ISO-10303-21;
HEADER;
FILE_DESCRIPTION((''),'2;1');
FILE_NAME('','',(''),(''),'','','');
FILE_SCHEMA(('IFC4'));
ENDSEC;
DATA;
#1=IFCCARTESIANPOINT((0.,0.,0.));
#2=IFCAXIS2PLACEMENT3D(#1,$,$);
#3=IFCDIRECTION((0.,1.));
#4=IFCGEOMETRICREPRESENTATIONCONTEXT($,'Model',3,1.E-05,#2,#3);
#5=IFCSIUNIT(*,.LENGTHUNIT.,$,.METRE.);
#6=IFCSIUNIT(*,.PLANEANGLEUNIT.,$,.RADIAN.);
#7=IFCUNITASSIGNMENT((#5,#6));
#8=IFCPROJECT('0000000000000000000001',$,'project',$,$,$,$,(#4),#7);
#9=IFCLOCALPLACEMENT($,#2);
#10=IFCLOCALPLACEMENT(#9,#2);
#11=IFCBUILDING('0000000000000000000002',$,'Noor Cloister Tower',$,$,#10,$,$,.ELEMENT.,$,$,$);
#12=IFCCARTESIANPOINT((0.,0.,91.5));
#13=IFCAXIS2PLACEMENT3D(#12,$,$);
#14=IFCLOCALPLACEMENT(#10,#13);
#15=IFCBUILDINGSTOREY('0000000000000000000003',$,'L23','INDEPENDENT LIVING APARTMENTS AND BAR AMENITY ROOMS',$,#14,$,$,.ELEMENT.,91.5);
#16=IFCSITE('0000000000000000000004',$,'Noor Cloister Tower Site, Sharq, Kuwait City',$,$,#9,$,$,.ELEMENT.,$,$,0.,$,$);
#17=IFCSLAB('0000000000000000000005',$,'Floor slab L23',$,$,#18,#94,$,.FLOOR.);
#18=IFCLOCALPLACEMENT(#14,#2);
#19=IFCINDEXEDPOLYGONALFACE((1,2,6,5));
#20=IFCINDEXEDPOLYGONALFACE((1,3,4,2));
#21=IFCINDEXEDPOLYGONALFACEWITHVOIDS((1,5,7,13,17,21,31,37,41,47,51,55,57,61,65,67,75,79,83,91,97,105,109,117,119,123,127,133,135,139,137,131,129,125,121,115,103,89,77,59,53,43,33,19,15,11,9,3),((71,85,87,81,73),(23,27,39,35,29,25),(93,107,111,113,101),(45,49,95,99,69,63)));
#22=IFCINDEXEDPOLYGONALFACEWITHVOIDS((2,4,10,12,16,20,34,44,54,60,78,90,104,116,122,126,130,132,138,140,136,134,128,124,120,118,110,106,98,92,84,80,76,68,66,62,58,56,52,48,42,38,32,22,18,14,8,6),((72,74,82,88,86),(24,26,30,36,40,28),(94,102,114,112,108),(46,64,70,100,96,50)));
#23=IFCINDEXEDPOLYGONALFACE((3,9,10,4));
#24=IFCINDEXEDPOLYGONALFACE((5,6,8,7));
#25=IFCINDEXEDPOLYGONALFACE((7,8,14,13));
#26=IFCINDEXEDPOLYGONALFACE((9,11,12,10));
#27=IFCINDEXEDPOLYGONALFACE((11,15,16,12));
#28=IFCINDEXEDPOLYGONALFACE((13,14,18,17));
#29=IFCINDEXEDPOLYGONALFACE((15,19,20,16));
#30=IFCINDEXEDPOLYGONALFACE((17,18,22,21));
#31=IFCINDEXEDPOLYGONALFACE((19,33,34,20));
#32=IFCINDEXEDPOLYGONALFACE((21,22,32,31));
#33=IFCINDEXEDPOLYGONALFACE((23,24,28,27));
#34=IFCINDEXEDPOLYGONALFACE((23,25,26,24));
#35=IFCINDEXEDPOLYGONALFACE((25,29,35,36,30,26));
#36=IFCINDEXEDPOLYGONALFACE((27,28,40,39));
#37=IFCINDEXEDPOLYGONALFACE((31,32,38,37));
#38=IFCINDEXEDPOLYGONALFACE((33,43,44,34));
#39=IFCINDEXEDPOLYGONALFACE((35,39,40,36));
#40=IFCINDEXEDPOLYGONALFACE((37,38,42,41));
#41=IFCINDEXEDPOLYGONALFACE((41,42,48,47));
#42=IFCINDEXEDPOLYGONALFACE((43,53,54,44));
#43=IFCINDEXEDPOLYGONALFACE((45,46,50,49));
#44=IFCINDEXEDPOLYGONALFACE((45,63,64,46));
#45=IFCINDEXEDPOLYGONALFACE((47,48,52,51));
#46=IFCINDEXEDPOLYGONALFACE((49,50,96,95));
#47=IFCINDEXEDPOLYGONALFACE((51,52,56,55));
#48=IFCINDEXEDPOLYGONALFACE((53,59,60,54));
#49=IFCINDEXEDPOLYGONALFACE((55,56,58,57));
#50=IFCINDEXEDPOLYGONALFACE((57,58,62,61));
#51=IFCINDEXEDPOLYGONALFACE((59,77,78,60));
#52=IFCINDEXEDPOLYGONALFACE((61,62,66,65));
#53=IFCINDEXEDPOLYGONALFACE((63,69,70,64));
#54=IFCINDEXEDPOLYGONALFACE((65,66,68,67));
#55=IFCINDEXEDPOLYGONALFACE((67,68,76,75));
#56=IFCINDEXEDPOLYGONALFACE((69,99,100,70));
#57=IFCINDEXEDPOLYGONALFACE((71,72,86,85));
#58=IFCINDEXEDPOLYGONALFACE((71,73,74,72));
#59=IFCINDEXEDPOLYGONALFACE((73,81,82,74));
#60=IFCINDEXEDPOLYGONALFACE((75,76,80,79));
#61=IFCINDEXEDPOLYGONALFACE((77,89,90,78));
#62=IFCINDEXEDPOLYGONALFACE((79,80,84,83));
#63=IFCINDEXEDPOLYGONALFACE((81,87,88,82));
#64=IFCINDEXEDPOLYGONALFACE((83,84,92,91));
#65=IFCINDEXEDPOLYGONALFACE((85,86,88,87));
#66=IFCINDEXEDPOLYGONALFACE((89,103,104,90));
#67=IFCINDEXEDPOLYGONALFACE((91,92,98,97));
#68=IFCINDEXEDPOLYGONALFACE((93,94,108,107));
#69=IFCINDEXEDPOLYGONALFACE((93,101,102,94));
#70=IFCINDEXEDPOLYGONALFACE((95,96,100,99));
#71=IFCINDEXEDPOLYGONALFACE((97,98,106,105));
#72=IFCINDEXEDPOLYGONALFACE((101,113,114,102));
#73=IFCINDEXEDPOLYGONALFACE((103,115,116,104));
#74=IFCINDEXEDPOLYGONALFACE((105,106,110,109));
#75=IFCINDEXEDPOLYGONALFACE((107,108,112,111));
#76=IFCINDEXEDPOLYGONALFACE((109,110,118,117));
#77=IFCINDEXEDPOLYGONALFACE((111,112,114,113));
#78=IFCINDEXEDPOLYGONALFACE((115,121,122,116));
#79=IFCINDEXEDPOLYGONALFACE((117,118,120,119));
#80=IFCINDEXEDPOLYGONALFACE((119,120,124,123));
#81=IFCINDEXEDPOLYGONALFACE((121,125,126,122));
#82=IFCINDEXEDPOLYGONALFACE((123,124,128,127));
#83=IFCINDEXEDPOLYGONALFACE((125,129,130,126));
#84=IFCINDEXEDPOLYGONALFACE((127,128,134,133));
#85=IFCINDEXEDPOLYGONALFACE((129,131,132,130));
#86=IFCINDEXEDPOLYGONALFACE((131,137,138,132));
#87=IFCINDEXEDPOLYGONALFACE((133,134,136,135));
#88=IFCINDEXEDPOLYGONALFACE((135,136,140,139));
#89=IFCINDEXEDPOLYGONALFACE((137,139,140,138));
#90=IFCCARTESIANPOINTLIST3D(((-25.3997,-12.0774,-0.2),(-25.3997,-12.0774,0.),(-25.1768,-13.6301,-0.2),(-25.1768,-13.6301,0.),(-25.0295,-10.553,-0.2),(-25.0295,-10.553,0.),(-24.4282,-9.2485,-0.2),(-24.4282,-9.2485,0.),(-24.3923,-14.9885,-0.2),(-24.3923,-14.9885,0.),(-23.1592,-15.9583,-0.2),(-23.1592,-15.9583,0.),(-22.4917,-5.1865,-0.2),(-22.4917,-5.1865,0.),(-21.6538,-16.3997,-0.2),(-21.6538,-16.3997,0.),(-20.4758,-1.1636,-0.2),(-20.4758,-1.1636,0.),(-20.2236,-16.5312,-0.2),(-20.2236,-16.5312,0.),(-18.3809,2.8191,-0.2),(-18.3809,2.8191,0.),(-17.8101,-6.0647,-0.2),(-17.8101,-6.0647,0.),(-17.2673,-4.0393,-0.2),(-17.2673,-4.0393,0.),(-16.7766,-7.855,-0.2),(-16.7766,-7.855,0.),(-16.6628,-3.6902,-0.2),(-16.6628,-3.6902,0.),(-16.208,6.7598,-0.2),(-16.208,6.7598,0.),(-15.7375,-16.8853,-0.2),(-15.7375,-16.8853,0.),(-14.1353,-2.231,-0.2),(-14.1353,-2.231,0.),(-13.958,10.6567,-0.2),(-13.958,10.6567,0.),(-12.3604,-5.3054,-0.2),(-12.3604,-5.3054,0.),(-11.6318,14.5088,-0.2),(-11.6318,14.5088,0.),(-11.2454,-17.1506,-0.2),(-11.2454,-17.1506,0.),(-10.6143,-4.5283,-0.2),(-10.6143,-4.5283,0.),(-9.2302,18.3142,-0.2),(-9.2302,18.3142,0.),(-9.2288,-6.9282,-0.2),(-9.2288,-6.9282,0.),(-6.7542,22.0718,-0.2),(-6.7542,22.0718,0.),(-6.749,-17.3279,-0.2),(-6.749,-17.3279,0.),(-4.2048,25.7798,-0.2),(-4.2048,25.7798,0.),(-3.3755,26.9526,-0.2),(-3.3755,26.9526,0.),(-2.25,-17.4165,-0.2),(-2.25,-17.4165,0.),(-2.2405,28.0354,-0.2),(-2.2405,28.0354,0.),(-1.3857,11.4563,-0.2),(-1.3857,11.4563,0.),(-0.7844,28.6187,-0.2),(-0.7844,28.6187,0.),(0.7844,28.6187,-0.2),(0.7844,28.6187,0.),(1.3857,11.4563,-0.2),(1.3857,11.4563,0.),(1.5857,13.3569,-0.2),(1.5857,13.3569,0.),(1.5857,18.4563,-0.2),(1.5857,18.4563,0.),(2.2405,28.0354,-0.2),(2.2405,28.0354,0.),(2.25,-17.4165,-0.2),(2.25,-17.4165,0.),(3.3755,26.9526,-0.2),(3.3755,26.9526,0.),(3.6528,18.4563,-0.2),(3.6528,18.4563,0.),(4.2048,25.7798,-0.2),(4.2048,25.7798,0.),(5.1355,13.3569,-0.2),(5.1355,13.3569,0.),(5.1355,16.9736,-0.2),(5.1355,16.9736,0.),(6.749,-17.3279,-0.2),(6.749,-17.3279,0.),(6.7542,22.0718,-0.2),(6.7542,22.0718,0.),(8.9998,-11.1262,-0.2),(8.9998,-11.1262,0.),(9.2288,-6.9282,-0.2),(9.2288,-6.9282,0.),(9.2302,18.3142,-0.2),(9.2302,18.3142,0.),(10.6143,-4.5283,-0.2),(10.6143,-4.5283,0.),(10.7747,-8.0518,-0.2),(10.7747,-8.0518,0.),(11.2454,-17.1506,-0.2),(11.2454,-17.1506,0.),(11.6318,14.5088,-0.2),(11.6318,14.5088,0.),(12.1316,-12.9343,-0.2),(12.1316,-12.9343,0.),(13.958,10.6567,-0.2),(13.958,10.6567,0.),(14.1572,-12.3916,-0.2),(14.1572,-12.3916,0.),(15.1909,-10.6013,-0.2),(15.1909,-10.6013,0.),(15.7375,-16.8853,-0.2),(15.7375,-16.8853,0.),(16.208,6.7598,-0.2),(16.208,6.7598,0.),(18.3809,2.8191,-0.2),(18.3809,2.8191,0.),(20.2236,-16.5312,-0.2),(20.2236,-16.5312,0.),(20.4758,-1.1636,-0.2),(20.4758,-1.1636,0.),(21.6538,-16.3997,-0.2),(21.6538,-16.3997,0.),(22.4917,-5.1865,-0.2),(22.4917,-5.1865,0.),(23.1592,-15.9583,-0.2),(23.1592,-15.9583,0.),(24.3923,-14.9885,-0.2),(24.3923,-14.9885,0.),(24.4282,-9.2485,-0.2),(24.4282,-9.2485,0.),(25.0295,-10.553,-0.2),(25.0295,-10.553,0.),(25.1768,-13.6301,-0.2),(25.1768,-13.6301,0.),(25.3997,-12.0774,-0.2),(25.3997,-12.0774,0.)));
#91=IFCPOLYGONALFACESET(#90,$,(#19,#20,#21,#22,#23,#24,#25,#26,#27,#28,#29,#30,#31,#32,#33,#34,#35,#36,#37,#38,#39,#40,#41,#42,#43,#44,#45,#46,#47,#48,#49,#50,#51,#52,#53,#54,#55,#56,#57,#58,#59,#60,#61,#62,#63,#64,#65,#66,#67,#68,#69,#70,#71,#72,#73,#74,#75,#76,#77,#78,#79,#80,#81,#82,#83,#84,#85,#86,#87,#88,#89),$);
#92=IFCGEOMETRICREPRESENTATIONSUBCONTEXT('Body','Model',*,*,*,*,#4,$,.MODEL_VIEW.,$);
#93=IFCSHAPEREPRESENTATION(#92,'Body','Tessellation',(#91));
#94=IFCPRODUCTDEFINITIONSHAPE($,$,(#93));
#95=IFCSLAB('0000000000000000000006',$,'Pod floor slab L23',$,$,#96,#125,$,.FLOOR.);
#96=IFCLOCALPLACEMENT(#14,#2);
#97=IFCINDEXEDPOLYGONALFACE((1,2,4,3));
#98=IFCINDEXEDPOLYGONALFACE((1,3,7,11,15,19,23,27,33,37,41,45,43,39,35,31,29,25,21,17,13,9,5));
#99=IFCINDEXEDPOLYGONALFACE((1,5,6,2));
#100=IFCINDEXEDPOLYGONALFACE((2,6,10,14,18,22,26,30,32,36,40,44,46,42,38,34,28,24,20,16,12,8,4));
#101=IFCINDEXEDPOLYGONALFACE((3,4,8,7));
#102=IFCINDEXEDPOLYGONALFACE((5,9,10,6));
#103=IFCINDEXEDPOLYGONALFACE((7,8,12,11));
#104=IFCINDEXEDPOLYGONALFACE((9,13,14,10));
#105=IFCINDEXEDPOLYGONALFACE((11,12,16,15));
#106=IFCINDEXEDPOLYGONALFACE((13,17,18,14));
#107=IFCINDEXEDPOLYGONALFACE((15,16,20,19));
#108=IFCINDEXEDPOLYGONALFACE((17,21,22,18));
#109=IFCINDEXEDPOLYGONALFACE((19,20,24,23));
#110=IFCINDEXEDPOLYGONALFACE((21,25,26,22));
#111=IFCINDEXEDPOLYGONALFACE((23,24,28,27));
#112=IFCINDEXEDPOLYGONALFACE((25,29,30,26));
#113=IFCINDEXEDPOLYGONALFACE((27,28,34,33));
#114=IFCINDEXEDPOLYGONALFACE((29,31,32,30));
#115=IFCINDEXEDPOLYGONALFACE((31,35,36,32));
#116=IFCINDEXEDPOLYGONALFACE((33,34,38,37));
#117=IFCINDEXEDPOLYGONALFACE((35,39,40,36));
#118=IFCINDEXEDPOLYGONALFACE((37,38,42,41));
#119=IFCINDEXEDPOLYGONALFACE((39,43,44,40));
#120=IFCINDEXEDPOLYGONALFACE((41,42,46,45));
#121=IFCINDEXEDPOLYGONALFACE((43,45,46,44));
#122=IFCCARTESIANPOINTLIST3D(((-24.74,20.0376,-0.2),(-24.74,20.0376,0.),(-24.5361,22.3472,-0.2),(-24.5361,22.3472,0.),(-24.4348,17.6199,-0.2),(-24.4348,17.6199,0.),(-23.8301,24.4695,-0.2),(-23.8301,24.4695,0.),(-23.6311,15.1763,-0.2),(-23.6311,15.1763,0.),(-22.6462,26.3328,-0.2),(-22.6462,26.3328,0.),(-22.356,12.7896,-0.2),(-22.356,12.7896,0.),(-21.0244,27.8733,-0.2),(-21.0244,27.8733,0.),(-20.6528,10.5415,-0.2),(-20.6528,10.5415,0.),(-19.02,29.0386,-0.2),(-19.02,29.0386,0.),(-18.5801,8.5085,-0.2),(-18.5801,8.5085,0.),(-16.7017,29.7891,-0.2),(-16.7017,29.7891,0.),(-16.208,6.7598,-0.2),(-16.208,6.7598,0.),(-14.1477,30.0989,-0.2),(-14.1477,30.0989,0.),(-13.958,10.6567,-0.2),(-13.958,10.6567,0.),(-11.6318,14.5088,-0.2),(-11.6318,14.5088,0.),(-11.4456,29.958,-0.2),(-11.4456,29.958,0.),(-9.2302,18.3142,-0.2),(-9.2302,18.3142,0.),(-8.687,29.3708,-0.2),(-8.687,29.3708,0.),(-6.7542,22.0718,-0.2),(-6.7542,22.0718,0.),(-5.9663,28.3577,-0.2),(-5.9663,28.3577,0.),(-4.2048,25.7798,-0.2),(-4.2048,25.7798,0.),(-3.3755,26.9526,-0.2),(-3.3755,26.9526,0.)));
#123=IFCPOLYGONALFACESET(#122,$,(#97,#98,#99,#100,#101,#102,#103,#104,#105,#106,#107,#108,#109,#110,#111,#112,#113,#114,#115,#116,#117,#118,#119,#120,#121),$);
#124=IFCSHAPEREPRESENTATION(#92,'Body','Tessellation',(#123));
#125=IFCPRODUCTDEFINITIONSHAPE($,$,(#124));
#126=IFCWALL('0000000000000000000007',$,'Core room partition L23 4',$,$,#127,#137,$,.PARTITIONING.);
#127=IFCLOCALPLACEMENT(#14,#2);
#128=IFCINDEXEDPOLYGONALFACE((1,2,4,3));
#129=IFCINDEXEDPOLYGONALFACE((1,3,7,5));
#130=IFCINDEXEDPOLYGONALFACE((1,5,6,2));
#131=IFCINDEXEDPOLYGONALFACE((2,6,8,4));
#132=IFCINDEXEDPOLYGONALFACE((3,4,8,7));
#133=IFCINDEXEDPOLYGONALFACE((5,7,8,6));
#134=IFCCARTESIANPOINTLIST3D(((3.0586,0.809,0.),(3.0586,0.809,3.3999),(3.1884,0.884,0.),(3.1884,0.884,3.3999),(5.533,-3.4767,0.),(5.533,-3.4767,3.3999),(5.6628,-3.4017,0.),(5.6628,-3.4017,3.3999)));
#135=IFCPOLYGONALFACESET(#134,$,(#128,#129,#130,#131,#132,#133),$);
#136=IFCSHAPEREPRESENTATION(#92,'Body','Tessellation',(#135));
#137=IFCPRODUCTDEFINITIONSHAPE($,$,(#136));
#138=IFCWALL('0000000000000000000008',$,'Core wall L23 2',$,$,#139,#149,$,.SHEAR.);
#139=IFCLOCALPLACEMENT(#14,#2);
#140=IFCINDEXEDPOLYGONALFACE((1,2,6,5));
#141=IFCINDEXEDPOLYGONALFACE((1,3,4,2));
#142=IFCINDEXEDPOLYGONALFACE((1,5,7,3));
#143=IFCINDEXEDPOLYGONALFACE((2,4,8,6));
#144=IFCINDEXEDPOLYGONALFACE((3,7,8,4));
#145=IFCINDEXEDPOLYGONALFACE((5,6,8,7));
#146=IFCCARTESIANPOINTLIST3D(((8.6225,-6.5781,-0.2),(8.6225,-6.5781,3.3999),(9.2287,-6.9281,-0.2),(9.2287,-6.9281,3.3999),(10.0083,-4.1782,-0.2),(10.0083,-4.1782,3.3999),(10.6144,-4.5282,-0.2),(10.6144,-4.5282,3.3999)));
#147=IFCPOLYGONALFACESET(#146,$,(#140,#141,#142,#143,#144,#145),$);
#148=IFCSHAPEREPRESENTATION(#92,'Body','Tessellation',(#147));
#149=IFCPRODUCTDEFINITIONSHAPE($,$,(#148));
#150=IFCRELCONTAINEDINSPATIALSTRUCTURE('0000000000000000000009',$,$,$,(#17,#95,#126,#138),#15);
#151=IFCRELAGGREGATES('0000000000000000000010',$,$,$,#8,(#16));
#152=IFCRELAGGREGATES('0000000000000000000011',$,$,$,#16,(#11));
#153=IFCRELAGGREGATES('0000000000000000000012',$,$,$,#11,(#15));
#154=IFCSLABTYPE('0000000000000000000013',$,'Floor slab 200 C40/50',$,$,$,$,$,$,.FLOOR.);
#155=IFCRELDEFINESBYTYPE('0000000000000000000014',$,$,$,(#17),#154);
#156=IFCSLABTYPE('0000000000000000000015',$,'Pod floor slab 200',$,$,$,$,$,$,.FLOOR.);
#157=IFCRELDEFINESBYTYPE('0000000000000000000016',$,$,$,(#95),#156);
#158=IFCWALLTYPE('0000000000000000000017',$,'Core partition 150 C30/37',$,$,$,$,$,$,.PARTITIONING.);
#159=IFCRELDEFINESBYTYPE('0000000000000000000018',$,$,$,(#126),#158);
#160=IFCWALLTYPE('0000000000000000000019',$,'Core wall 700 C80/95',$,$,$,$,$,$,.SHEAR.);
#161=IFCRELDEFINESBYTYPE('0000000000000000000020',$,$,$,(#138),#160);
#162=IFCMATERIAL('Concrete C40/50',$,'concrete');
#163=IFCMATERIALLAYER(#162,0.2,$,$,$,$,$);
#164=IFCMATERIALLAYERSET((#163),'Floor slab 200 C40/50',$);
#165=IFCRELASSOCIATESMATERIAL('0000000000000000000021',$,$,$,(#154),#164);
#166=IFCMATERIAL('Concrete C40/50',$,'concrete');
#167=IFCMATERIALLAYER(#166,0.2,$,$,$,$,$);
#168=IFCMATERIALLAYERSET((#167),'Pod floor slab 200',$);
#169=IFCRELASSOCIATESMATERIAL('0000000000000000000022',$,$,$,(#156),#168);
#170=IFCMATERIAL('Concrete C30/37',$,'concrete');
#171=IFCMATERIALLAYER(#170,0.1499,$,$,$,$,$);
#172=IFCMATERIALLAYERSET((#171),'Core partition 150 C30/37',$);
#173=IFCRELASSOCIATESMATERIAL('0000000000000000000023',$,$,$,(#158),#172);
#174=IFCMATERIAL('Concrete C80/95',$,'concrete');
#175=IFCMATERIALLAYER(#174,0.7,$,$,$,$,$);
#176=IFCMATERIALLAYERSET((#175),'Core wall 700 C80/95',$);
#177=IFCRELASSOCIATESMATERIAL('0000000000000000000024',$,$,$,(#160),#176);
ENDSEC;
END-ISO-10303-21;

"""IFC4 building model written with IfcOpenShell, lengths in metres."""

from ifc_helpers import new_model, si_unit, direction, frame, frame_2d, origin, place, context, subcontext, project, spatial, polyline, rectangle, outline, extrude, material, layer, layer_set, type_object, element, save


model = new_model("IFC4")

# Units and contexts
model_context = context("Model", 3, precision=1e-05, world=origin(), true_north=direction((0.0, 1.0)))
body_context = subcontext(model_context, "Body", "Model", "MODEL_VIEW")
ifc_project = project(units=[si_unit("LENGTHUNIT", "METRE"), si_unit("PLANEANGLEUNIT", "RADIAN")], contexts=[model_context])

# Site, building, storey
site_placement = place(None, origin())
site = spatial("IfcSite", under=ifc_project, at=site_placement, Name="Noor Cloister Tower Site, Sharq, Kuwait City", CompositionType="ELEMENT", RefElevation=0.0)
building_placement = place(site_placement, origin())
building = spatial("IfcBuilding", under=site, at=building_placement, Name="Noor Cloister Tower", CompositionType="ELEMENT")
storey_placement = place(building_placement, frame((0.0, 0.0, 91.5)))
storey = spatial("IfcBuildingStorey", under=building, at=storey_placement, Name="L23", Description="INDEPENDENT LIVING APARTMENTS AND BAR AMENITY ROOMS", CompositionType="ELEMENT", Elevation=91.5)

# Slabs
ifc_material_1 = material(Name="Concrete C40/50", Category="concrete")
ifc_layer_1 = layer(ifc_material_1, 0.2)
ifc_layer_set_1 = layer_set([ifc_layer_1], Name="Floor slab 200 C40/50")
slab_type_1 = type_object("IfcSlabType", Name="Floor slab 200 C40/50", PredefinedType="FLOOR", material=ifc_layer_set_1)
slab_1_placement = place(storey_placement, frame((0.0, 0.0, -0.2)))
element("IfcSlab", 1, at=slab_1_placement, inside=storey, type_object=slab_type_1, Name="Floor slab L23", PredefinedType="FLOOR", context=body_context, shape_type="SweptSolid", body=[
    extrude(outline(polyline([(3.3755, 26.9526), (2.2405, 28.0354), (0.7844, 28.6187), (-0.7844, 28.6187), (-2.2405, 28.0354), (-3.3755, 26.9526), (-4.2048, 25.7798), (-6.7542, 22.0718), (-9.2302, 18.3142), (-11.6318, 14.5088), (-13.958, 10.6567), (-16.208, 6.7598), (-18.3809, 2.8191), (-20.4758, -1.1636), (-22.4917, -5.1865), (-24.4282, -9.2485), (-25.0295, -10.553), (-25.3997, -12.0774), (-25.1768, -13.6301), (-24.3923, -14.9885), (-23.1592, -15.9583), (-21.6538, -16.3997), (-20.2236, -16.5312), (-15.7375, -16.8853), (-11.2454, -17.1506), (-6.749, -17.3279), (-2.25, -17.4165), (2.25, -17.4165), (6.749, -17.3279), (11.2454, -17.1506), (15.7375, -16.8853), (20.2236, -16.5312), (21.6538, -16.3997), (23.1592, -15.9583), (24.3923, -14.9885), (25.1768, -13.6301), (25.3997, -12.0774), (25.0295, -10.553), (24.4282, -9.2485), (22.4917, -5.1865), (20.4758, -1.1636), (18.3809, 2.8191), (16.208, 6.7598), (13.958, 10.6567), (11.6318, 14.5088), (9.2302, 18.3142), (6.7542, 22.0718), (4.2048, 25.7798), (3.3755, 26.9526)]), holes=[polyline([(8.9998, -11.1262), (12.1316, -12.9343), (14.1572, -12.3916), (15.1909, -10.6013), (10.7747, -8.0518), (8.9998, -11.1262)]), polyline([(-17.8101, -6.0647), (-16.7766, -7.855), (-12.3604, -5.3054), (-14.1353, -2.231), (-16.6628, -3.6902), (-17.2673, -4.0393), (-17.8101, -6.0647)]), polyline([(-10.6143, -4.5283), (-9.2288, -6.9282), (9.2288, -6.9282), (10.6143, -4.5283), (1.3857, 11.4563), (-1.3857, 11.4563), (-10.6143, -4.5283)]), polyline([(3.6528, 18.4563), (1.5857, 18.4563), (1.5857, 13.3569), (5.1355, 13.3569), (5.1355, 16.9736), (3.6528, 18.4563)])]), origin(), (0.0, 0.0, 1.0), 0.2),
])
ifc_material_2 = material(Name="Concrete C40/50", Category="concrete")
ifc_layer_2 = layer(ifc_material_2, 0.2)
ifc_layer_set_2 = layer_set([ifc_layer_2], Name="Pod floor slab 200")
slab_type_2 = type_object("IfcSlabType", Name="Pod floor slab 200", PredefinedType="FLOOR", material=ifc_layer_set_2)
slab_2_placement = place(storey_placement, frame((0.0, 0.0, -0.2)))
element("IfcSlab", 2, at=slab_2_placement, inside=storey, type_object=slab_type_2, Name="Pod floor slab L23", PredefinedType="FLOOR", context=body_context, shape_type="SweptSolid", body=[
    extrude(outline(polyline([(-3.3755, 26.9526), (-5.9663, 28.3577), (-8.687, 29.3708), (-11.4456, 29.958), (-14.1477, 30.0989), (-16.7017, 29.7891), (-19.02, 29.0386), (-21.0244, 27.8733), (-22.6462, 26.3328), (-23.8301, 24.4695), (-24.5361, 22.3472), (-24.74, 20.0376), (-24.4348, 17.6199), (-23.6311, 15.1763), (-22.356, 12.7896), (-20.6528, 10.5415), (-18.5801, 8.5085), (-16.208, 6.7598), (-13.958, 10.6567), (-11.6318, 14.5088), (-9.2302, 18.3142), (-6.7542, 22.0718), (-4.2048, 25.7798), (-3.3755, 26.9526)])), origin(), (0.0, 0.0, 1.0), 0.2),
])

# Walls
ifc_material_3 = material(Name="Concrete C30/37", Category="concrete")
ifc_layer_3 = layer(ifc_material_3, 0.1499)
ifc_layer_set_3 = layer_set([ifc_layer_3], Name="Core partition 150 C30/37")
wall_type_1 = type_object("IfcWallType", Name="Core partition 150 C30/37", PredefinedType="PARTITIONING", material=ifc_layer_set_3)
wall_1_placement = place(storey_placement, frame((5.5979, -3.4392, 0.0), z_axis=(0.0, 0.0, 1.0), x_axis=(-0.500007, 0.866021, 0.0)))
element("IfcWall", 3, at=wall_1_placement, inside=storey, type_object=wall_type_1, Name="Core room partition L23 4", PredefinedType="PARTITIONING", context=body_context, shape_type="SweptSolid", body=[
    extrude(rectangle(XDim=4.9487, YDim=0.1499, at=frame_2d((2.4744, 0.0))), origin(), (0.0, 0.0, 1.0), 3.3999),
])
ifc_material_4 = material(Name="Concrete C80/95", Category="concrete")
ifc_layer_4 = layer(ifc_material_4, 0.7)
ifc_layer_set_4 = layer_set([ifc_layer_4], Name="Core wall 700 C80/95")
wall_type_2 = type_object("IfcWallType", Name="Core wall 700 C80/95", PredefinedType="SHEAR", material=ifc_layer_set_4)
wall_2_placement = place(storey_placement, frame((8.9255, -6.7532, -0.2), z_axis=(0.0, 0.0, 1.0), x_axis=(0.500043, 0.866001, 0.0)))
element("IfcWall", 4, at=wall_2_placement, inside=storey, type_object=wall_type_2, Name="Core wall L23 2", PredefinedType="SHEAR", context=body_context, shape_type="SweptSolid", body=[
    extrude(rectangle(XDim=2.7712, YDim=0.7, at=frame_2d((1.3857, 0.0))), origin(), (0.0, 0.0, 1.0), 3.5999),
])

save(model, "model.ifc")
